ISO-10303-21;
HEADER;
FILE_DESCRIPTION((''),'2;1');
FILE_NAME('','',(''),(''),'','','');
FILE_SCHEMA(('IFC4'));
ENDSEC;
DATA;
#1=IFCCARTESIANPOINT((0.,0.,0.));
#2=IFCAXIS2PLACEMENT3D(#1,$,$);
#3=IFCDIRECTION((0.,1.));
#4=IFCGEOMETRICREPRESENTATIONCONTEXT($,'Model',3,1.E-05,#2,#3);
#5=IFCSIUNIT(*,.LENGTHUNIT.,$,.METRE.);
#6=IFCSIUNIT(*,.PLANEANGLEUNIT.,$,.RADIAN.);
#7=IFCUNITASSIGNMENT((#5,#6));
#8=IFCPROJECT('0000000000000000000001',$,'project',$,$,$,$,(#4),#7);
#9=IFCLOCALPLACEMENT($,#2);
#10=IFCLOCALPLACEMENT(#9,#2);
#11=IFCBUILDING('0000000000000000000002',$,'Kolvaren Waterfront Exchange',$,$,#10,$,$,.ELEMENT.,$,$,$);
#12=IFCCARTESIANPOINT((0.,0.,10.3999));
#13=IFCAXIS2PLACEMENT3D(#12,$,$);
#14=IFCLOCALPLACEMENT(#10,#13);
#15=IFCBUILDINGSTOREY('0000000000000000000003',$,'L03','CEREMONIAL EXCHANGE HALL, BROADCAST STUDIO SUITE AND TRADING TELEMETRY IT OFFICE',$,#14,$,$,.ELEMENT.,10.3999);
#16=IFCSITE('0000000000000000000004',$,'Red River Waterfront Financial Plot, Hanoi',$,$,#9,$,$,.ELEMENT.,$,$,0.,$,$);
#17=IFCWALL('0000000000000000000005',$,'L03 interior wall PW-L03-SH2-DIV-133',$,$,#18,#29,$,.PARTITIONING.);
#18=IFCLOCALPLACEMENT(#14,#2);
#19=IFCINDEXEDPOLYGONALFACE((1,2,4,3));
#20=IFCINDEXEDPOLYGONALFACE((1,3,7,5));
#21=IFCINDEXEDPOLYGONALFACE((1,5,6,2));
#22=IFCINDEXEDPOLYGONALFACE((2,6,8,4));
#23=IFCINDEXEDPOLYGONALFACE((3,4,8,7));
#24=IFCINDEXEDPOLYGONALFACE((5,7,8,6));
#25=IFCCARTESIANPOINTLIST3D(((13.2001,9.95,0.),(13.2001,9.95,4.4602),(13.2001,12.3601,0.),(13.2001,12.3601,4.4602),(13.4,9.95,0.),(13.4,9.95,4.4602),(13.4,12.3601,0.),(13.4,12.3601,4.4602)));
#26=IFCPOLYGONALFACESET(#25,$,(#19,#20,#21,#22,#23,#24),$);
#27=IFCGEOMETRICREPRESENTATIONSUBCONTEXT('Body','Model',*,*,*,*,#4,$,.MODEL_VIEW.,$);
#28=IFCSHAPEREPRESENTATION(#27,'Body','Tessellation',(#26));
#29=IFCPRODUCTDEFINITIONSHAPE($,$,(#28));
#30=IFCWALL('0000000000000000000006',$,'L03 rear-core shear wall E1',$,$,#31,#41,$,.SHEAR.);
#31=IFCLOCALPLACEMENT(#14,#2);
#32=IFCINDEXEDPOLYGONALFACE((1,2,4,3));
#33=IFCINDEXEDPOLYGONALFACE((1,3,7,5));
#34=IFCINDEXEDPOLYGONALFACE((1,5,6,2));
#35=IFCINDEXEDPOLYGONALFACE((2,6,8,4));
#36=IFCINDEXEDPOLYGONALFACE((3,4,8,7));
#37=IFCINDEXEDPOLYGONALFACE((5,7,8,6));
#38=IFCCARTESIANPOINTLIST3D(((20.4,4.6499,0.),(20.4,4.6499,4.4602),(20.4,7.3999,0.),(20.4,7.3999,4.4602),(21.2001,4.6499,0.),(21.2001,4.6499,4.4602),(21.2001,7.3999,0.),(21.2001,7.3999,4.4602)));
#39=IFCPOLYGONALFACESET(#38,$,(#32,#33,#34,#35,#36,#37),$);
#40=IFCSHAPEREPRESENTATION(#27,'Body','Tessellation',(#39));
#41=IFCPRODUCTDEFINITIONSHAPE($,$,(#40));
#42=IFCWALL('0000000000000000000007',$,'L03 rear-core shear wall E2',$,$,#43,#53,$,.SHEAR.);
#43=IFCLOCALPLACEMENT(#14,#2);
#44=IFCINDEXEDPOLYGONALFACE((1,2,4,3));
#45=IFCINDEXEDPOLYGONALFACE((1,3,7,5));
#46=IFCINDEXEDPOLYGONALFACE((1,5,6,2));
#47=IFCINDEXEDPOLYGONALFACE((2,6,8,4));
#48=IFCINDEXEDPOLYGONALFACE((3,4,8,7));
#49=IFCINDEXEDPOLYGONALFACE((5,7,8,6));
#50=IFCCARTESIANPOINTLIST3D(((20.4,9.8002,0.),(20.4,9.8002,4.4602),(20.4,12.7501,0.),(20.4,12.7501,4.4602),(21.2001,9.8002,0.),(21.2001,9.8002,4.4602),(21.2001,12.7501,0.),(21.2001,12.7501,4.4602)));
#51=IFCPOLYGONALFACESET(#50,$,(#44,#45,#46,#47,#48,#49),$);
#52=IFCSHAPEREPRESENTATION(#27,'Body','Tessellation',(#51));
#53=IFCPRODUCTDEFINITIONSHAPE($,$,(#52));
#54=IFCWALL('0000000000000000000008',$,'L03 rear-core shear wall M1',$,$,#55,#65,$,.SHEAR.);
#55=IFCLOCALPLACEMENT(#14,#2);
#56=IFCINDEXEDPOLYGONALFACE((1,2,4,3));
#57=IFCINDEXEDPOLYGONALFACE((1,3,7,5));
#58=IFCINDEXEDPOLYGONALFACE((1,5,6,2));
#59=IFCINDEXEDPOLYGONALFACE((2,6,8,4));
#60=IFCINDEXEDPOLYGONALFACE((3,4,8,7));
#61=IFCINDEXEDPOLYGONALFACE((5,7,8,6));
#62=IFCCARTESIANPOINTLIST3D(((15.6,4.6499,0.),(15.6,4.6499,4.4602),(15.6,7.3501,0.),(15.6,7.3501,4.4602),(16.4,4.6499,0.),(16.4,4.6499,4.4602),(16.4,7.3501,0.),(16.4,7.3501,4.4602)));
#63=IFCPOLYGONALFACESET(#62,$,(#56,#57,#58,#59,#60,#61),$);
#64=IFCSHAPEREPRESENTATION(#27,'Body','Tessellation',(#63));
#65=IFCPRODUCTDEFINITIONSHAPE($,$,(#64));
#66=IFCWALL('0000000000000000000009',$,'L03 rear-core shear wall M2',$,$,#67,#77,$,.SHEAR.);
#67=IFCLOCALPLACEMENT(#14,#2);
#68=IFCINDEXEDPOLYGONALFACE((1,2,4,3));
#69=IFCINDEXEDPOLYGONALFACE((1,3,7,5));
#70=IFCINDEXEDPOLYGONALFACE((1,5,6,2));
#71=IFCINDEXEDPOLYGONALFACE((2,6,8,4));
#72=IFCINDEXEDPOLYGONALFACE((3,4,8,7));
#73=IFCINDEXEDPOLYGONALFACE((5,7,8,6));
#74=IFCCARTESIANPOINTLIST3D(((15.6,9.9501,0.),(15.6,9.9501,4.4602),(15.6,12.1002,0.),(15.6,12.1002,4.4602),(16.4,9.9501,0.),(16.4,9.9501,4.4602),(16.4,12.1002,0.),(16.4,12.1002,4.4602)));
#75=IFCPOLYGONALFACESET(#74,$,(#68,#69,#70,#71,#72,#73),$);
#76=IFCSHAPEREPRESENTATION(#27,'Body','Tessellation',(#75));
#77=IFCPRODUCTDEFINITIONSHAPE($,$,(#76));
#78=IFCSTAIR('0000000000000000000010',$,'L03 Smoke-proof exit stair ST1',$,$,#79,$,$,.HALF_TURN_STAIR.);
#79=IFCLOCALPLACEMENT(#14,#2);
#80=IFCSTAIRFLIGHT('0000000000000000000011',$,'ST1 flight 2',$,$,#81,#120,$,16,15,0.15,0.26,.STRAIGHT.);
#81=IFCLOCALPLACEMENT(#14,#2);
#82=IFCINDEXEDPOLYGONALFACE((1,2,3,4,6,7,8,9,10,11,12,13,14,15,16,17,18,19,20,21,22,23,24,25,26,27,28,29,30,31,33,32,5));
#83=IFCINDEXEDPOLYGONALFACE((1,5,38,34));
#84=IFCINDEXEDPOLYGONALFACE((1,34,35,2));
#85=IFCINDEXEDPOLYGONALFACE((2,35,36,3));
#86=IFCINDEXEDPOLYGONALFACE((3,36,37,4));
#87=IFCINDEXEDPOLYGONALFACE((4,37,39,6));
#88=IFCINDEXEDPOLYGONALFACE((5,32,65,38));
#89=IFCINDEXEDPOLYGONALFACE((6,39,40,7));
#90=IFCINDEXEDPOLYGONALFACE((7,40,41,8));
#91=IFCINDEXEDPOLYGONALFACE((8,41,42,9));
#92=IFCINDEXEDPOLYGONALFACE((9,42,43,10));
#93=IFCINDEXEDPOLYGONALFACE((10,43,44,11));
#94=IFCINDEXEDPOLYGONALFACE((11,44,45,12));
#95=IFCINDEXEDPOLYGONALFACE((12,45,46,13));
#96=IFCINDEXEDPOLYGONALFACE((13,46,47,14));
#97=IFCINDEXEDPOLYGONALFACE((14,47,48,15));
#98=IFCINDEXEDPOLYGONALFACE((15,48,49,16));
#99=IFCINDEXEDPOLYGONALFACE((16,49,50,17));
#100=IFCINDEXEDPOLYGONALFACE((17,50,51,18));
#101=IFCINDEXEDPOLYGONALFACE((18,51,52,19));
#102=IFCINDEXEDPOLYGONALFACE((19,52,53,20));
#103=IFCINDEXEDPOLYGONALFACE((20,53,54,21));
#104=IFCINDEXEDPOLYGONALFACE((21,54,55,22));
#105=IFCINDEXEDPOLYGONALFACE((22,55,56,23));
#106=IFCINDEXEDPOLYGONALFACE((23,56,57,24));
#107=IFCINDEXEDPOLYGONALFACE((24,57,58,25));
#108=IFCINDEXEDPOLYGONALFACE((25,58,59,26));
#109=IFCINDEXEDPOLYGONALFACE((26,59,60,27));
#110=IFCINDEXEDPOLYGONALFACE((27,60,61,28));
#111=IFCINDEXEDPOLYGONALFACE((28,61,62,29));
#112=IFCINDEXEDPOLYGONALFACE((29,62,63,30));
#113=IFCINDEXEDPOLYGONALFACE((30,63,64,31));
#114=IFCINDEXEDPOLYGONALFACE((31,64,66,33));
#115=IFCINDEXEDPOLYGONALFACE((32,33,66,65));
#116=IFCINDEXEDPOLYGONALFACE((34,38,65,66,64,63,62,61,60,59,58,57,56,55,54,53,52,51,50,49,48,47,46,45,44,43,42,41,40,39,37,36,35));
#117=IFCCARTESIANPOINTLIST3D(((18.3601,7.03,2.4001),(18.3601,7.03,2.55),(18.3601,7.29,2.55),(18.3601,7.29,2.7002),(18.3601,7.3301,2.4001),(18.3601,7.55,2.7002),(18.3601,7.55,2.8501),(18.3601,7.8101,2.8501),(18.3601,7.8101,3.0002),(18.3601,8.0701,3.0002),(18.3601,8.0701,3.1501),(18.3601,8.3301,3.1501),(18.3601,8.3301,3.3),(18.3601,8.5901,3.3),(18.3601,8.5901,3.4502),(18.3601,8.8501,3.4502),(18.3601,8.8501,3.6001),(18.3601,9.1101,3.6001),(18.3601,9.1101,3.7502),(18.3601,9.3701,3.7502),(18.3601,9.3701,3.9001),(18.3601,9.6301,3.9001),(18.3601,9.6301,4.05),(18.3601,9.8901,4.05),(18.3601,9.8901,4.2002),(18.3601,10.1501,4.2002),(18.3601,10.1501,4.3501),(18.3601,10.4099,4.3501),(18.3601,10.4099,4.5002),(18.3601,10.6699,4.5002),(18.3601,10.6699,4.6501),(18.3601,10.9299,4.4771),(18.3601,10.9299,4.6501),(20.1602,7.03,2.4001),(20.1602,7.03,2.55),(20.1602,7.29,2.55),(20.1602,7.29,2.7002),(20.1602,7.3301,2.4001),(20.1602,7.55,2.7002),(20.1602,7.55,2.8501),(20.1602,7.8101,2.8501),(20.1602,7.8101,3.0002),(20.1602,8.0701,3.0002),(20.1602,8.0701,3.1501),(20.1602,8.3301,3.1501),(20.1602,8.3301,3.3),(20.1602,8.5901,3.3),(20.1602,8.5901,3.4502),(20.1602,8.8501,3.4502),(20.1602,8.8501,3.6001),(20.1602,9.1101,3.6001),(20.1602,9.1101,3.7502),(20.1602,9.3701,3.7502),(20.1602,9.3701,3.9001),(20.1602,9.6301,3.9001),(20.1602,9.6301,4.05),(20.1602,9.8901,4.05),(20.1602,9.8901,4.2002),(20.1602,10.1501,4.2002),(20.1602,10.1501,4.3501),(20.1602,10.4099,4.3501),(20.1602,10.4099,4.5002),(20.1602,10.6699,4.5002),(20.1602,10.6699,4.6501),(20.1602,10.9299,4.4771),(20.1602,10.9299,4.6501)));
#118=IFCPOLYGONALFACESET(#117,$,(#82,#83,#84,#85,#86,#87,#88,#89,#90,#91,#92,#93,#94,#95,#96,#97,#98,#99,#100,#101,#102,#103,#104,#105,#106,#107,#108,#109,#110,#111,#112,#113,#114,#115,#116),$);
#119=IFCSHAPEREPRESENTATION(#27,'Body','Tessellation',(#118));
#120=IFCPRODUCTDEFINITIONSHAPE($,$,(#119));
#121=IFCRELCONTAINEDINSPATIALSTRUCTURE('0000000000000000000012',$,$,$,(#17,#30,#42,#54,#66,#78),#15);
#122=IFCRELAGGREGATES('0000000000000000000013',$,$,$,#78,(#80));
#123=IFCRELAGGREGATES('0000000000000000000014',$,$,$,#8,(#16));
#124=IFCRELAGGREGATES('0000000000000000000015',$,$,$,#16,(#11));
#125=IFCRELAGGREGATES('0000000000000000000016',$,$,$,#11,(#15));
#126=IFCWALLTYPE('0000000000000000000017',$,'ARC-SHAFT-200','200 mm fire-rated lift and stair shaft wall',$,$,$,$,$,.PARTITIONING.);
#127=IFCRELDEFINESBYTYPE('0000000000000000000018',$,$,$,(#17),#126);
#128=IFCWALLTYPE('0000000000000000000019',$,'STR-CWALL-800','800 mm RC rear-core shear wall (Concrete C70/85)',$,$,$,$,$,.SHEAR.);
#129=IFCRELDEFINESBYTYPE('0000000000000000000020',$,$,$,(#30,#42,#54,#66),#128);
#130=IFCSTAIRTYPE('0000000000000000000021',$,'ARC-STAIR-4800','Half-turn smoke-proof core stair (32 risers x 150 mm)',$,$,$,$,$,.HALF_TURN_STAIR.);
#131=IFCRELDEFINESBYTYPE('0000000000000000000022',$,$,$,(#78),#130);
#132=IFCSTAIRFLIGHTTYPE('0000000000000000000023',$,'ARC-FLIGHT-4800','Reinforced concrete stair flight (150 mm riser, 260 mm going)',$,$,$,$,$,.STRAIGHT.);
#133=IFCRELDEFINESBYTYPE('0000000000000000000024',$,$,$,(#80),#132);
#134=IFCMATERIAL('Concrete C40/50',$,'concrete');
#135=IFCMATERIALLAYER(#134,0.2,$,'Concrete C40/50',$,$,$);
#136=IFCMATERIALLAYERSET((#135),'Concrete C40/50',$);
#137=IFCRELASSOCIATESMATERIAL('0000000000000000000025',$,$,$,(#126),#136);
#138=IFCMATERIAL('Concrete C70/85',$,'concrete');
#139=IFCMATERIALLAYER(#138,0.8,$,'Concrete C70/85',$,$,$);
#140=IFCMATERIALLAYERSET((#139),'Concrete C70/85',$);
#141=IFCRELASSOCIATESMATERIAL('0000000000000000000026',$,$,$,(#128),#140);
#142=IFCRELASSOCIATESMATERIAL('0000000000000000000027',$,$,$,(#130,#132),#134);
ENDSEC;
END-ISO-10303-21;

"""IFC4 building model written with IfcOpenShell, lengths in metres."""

from ifc_helpers import new_model, si_unit, direction, frame, frame_2d, origin, place, context, subcontext, project, spatial, polyline, rectangle, outline, extrude, material, layer, layer_set, type_object, element, aggregate, save


model = new_model("IFC4")

# Units and contexts
model_context = context("Model", 3, precision=1e-05, world=origin(), true_north=direction((0.0, 1.0)))
body_context = subcontext(model_context, "Body", "Model", "MODEL_VIEW")
ifc_project = project(units=[si_unit("LENGTHUNIT", "METRE"), si_unit("PLANEANGLEUNIT", "RADIAN")], contexts=[model_context])

# Site, building, storey
site_placement = place(None, origin())
site = spatial("IfcSite", under=ifc_project, at=site_placement, Name="Red River Waterfront Financial Plot, Hanoi", CompositionType="ELEMENT", RefElevation=0.0)
building_placement = place(site_placement, origin())
building = spatial("IfcBuilding", under=site, at=building_placement, Name="Kolvaren Waterfront Exchange", CompositionType="ELEMENT")
storey_placement = place(building_placement, frame((0.0, 0.0, 10.3999)))
storey = spatial("IfcBuildingStorey", under=building, at=storey_placement, Name="L03", Description="CEREMONIAL EXCHANGE HALL, BROADCAST STUDIO SUITE AND TRADING TELEMETRY IT OFFICE", CompositionType="ELEMENT", Elevation=10.3999)

# Shared definitions
ifc_material_1 = material(Name="Concrete C70/85", Category="concrete")

# Walls
ifc_material_2 = material(Name="Concrete C40/50", Category="concrete")
ifc_layer_1 = layer(ifc_material_2, 0.2, Name="Concrete C40/50")
ifc_layer_set_1 = layer_set([ifc_layer_1], Name="Concrete C40/50")
wall_type_1 = type_object("IfcWallType", Name="ARC-SHAFT-200", Description="200 mm fire-rated lift and stair shaft wall", PredefinedType="PARTITIONING", material=ifc_layer_set_1)
for number, where, z_axis, x_axis, name in (
    (1, (13.3, 9.95, 0.0), (0.0, 0.0, 1.0), (0.0, 1.0, 0.0), "L03 interior wall PW-L03-SH2-DIV-133"),
):
    element("IfcWall", number, at=place(storey_placement, frame(where, z_axis=z_axis, x_axis=x_axis)), inside=storey, type_object=wall_type_1, Name=name, PredefinedType="PARTITIONING", context=body_context, shape_type="SweptSolid", body=[
        extrude(rectangle(XDim=2.4102, YDim=0.2, at=frame_2d((1.2051, 0.0))), origin(), (0.0, 0.0, 1.0), 4.4602),
    ])
ifc_layer_2 = layer(ifc_material_1, 0.8, Name="Concrete C70/85")
ifc_layer_set_2 = layer_set([ifc_layer_2], Name="Concrete C70/85")
wall_type_2 = type_object("IfcWallType", Name="STR-CWALL-800", Description="800 mm RC rear-core shear wall (Concrete C70/85)", PredefinedType="SHEAR", material=ifc_layer_set_2)
wall_1_placement = place(storey_placement, frame((20.8, 4.6499, 0.0), z_axis=(0.0, 0.0, 1.0), x_axis=(0.0, 1.0, 0.0)))
element("IfcWall", 2, at=wall_1_placement, inside=storey, type_object=wall_type_2, Name="L03 rear-core shear wall E1", PredefinedType="SHEAR", context=body_context, shape_type="SweptSolid", body=[
    extrude(rectangle(XDim=2.75, YDim=0.8, at=frame_2d((1.375, 0.0))), origin(), (0.0, 0.0, 1.0), 4.4602),
])
wall_2_placement = place(storey_placement, frame((20.8, 9.8, 0.0), z_axis=(0.0, 0.0, 1.0), x_axis=(0.0, 1.0, 0.0)))
element("IfcWall", 3, at=wall_2_placement, inside=storey, type_object=wall_type_2, Name="L03 rear-core shear wall E2", PredefinedType="SHEAR", context=body_context, shape_type="SweptSolid", body=[
    extrude(rectangle(XDim=2.95, YDim=0.8, at=frame_2d((1.4751, 0.0))), origin(), (0.0, 0.0, 1.0), 4.4602),
])
wall_3_placement = place(storey_placement, frame((16.0, 4.6499, 0.0), z_axis=(0.0, 0.0, 1.0), x_axis=(0.0, 1.0, 0.0)))
element("IfcWall", 4, at=wall_3_placement, inside=storey, type_object=wall_type_2, Name="L03 rear-core shear wall M1", PredefinedType="SHEAR", context=body_context, shape_type="SweptSolid", body=[
    extrude(rectangle(XDim=2.7002, YDim=0.8, at=frame_2d((1.3501, 0.0))), origin(), (0.0, 0.0, 1.0), 4.4602),
])
wall_4_placement = place(storey_placement, frame((16.0, 9.95, 0.0), z_axis=(0.0, 0.0, 1.0), x_axis=(0.0, 1.0, 0.0)))
element("IfcWall", 5, at=wall_4_placement, inside=storey, type_object=wall_type_2, Name="L03 rear-core shear wall M2", PredefinedType="SHEAR", context=body_context, shape_type="SweptSolid", body=[
    extrude(rectangle(XDim=2.1501, YDim=0.8, at=frame_2d((1.0752, 0.0))), origin(), (0.0, 0.0, 1.0), 4.4602),
])

# Stair, stair flight
stair_type = type_object("IfcStairType", Name="ARC-STAIR-4800", Description="Half-turn smoke-proof core stair (32 risers x 150 mm)", PredefinedType="HALF_TURN_STAIR", material=ifc_material_2)
stair_placement = place(storey_placement, origin())
stair = element("IfcStair", 6, at=stair_placement, inside=storey, type_object=stair_type, Name="L03 Smoke-proof exit stair ST1", PredefinedType="HALF_TURN_STAIR")
stair_flight_type = type_object("IfcStairFlightType", Name="ARC-FLIGHT-4800", Description="Reinforced concrete stair flight (150 mm riser, 260 mm going)", PredefinedType="STRAIGHT", material=ifc_material_2)
stair_flight_placement = place(storey_placement, frame((19.26, 7.03, 2.4001), z_axis=(0.0, 0.0, 1.0), x_axis=(0.0, 1.0, 0.0)))
stair_flight = element("IfcStairFlight", 7, at=stair_flight_placement, type_object=stair_flight_type, Name="ST1 flight 2", NumberOfRisers=16, NumberOfTreads=15, PredefinedType="STRAIGHT", RiserHeight=0.15, TreadLength=0.26, context=body_context, shape_type="SweptSolid", body=[
    extrude(outline(polyline([(0.0, 0.0), (0.0, 0.1499), (0.26, 0.1499), (0.26, 0.3), (0.52, 0.3), (0.52, 0.45), (0.78, 0.45), (0.78, 0.6001), (1.04, 0.6001), (1.04, 0.75), (1.3, 0.75), (1.3, 0.8999), (1.5601, 0.8999), (1.5601, 1.05), (1.8201, 1.05), (1.8201, 1.2), (2.0801, 1.2), (2.0801, 1.3501), (2.3401, 1.3501), (2.3401, 1.5), (2.6001, 1.5), (2.6001, 1.6499), (2.8601, 1.6499), (2.8601, 1.8), (3.1201, 1.8), (3.1201, 1.95), (3.3799, 1.95), (3.3799, 2.1001), (3.6399, 2.1001), (3.6399, 2.25), (3.8999, 2.25), (3.8999, 2.3999), (3.8999, 2.0769), (0.3, 0.0), (0.0, 0.0)])), frame((0.0, 0.8999, 0.0), z_axis=(0.0, -1.0, 0.0), x_axis=(1.0, 0.0, 0.0)), (0.0, 0.0, 1.0), 1.8),
])
aggregate(stair, [stair_flight])

save(model, "model.ifc")
